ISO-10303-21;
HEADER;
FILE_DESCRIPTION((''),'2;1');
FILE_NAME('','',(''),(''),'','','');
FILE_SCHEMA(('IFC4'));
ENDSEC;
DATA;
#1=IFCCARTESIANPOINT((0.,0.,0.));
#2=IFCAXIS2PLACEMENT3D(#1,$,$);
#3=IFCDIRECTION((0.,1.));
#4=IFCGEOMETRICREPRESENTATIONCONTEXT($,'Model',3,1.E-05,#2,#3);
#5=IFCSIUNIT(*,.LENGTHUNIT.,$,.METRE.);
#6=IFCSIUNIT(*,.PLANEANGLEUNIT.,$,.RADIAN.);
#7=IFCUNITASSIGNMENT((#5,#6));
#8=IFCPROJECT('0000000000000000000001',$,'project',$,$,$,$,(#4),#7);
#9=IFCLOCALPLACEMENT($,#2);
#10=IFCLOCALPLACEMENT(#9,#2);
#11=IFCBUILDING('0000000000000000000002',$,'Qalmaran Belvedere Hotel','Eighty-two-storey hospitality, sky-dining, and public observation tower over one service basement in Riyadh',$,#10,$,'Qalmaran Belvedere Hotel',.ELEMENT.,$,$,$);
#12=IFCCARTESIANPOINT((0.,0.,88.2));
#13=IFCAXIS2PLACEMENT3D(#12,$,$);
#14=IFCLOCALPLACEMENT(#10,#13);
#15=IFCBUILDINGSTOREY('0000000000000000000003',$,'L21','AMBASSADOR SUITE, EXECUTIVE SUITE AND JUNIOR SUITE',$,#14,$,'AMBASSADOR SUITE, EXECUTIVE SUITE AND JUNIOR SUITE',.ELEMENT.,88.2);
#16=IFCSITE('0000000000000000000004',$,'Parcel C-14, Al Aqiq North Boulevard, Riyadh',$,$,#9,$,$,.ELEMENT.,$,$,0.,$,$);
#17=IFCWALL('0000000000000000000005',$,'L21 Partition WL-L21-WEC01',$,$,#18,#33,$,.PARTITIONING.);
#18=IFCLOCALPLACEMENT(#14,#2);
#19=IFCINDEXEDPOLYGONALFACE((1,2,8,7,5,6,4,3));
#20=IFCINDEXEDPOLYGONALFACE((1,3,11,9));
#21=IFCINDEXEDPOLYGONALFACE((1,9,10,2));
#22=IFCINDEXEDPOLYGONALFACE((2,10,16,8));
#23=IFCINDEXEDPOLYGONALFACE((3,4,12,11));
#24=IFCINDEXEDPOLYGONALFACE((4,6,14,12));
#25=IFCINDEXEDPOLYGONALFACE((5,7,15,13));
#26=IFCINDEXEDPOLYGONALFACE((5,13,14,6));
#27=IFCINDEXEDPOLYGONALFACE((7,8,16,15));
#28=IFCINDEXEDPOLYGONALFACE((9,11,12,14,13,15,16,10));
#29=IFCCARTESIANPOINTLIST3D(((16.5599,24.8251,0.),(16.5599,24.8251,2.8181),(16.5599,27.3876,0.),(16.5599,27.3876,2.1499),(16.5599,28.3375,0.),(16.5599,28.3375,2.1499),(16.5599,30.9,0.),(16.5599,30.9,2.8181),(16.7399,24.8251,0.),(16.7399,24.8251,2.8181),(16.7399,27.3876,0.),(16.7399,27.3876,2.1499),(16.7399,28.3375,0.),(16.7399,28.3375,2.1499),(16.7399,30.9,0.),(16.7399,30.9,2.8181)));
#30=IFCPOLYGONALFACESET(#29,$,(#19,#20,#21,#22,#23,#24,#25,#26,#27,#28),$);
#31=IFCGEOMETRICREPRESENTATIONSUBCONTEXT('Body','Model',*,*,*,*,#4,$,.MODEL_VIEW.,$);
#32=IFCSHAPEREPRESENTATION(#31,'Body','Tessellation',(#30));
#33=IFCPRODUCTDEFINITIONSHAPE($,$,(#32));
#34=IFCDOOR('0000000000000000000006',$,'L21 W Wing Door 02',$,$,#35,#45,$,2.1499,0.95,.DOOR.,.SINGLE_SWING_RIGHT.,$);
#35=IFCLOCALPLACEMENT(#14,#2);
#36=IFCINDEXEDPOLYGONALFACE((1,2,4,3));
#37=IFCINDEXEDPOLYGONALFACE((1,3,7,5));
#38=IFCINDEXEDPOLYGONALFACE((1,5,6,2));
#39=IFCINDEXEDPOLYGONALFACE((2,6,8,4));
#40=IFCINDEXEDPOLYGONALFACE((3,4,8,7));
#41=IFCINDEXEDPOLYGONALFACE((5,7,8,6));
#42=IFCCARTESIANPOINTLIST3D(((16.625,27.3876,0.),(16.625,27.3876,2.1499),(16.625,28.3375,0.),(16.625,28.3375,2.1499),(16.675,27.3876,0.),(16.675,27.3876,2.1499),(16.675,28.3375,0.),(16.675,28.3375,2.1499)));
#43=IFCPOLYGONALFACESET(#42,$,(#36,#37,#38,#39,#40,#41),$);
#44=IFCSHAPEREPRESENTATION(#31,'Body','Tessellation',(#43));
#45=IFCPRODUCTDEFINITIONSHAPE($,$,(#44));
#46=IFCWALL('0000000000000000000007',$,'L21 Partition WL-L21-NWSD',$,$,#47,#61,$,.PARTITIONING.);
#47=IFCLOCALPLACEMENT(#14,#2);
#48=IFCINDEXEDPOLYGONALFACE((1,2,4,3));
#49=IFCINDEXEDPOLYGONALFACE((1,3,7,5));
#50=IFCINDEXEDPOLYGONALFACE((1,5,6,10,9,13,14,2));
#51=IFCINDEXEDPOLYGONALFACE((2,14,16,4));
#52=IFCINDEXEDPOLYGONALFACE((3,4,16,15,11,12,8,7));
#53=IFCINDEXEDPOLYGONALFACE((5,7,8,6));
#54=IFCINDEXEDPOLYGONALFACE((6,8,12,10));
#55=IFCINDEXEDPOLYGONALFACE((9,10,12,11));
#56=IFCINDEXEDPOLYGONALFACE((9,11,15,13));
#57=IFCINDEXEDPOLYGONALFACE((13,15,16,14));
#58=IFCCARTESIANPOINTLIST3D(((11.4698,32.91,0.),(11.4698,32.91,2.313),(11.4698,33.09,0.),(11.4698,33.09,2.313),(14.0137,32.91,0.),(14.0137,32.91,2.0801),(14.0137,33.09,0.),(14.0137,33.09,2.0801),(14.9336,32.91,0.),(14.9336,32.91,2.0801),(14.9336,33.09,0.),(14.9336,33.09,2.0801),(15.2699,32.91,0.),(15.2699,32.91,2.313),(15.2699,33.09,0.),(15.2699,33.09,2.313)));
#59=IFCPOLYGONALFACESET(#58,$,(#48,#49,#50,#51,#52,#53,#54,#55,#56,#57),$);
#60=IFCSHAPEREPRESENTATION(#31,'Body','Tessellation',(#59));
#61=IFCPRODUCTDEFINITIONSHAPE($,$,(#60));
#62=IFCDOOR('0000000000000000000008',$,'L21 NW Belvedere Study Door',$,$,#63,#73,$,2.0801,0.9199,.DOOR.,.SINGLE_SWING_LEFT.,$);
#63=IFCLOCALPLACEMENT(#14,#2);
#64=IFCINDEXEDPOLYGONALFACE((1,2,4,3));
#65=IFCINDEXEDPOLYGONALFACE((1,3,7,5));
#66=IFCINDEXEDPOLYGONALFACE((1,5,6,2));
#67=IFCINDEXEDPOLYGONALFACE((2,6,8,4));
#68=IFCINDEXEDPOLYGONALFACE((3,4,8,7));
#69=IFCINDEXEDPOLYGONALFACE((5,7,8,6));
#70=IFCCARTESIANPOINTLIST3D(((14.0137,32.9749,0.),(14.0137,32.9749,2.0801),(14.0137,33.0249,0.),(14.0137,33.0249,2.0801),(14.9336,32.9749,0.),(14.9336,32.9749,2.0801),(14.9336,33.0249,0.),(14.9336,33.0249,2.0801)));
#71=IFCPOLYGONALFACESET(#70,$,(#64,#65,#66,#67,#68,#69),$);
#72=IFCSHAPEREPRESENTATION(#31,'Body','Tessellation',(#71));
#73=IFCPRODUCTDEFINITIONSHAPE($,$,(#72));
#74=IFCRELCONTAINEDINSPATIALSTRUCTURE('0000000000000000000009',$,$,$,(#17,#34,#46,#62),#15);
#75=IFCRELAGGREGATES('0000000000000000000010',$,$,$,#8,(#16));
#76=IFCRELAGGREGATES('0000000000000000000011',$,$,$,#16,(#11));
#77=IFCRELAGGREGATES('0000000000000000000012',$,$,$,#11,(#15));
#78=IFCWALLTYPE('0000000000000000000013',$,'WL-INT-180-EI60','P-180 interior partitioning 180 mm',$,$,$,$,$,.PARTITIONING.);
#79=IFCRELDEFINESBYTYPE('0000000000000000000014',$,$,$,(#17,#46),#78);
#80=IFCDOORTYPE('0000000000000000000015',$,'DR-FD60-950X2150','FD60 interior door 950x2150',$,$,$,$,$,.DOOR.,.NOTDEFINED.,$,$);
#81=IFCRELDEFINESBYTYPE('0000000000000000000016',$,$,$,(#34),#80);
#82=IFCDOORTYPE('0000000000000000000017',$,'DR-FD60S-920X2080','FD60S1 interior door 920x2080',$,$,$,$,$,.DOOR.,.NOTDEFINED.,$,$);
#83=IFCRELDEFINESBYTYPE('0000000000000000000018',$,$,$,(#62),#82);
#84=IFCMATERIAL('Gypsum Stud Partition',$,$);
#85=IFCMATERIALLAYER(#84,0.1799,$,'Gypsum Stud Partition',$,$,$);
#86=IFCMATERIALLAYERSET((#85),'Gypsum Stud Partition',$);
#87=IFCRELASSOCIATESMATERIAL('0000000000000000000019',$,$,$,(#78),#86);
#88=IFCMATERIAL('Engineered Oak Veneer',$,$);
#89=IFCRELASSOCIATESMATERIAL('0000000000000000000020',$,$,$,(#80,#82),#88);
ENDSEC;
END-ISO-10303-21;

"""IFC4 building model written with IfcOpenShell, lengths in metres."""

from ifc_helpers import new_model, si_unit, direction, frame, frame_2d, origin, place, context, subcontext, project, spatial, rectangle, extrude, material, layer, layer_set, type_object, element, fill, save


model = new_model("IFC4")

# Units and contexts
model_context = context("Model", 3, precision=1e-05, world=origin(), true_north=direction((0.0, 1.0)))
body_context = subcontext(model_context, "Body", "Model", "MODEL_VIEW")
ifc_project = project(units=[si_unit("LENGTHUNIT", "METRE"), si_unit("PLANEANGLEUNIT", "RADIAN")], contexts=[model_context])

# Site, building, storey
site_placement = place(None, origin())
site = spatial("IfcSite", under=ifc_project, at=site_placement, Name="Parcel C-14, Al Aqiq North Boulevard, Riyadh", CompositionType="ELEMENT", RefElevation=0.0)
building_placement = place(site_placement, origin())
building = spatial("IfcBuilding", under=site, at=building_placement, Name="Qalmaran Belvedere Hotel", Description="Eighty-two-storey hospitality, sky-dining, and public observation tower over one service basement in Riyadh", LongName="Qalmaran Belvedere Hotel", CompositionType="ELEMENT")
storey_placement = place(building_placement, frame((0.0, 0.0, 88.2)))
storey = spatial("IfcBuildingStorey", under=building, at=storey_placement, Name="L21", Description="AMBASSADOR SUITE, EXECUTIVE SUITE AND JUNIOR SUITE", LongName="AMBASSADOR SUITE, EXECUTIVE SUITE AND JUNIOR SUITE", CompositionType="ELEMENT", Elevation=88.2)

# Shared definitions
ifc_material_1 = material(Name="Engineered Oak Veneer")

# Shared definitions
ifc_material_2 = material(Name="Gypsum Stud Partition")

# Shared definitions
ifc_layer_1 = layer(ifc_material_2, 0.1799, Name="Gypsum Stud Partition")
ifc_layer_set_1 = layer_set([ifc_layer_1], Name="Gypsum Stud Partition")
wall_type_1 = type_object("IfcWallType", Name="WL-INT-180-EI60", Description="P-180 interior partitioning 180 mm", PredefinedType="PARTITIONING", material=ifc_layer_set_1)
door_type_1 = type_object("IfcDoorType", Name="DR-FD60-950X2150", Description="FD60 interior door 950x2150", OperationType="NOTDEFINED", PredefinedType="DOOR", material=ifc_material_1)

# Walls, openings, doors
wall_1_placement = place(storey_placement, frame((16.6499, 24.825, 0.0), z_axis=(0.0, 0.0, 1.0), x_axis=(0.0, 1.0, 0.0)))
wall_1 = element("IfcWall", 1, at=wall_1_placement, inside=storey, type_object=wall_type_1, Name="L21 Partition WL-L21-WEC01", PredefinedType="PARTITIONING", context=body_context, shape_type="SweptSolid", body=[
    extrude(rectangle(XDim=6.075, YDim=0.1799, at=frame_2d((3.0376, 0.0))), origin(), (0.0, 0.0, 1.0), 2.8181),
])
opening_1_placement = place(wall_1_placement, frame((2.5625, 0.0, 0.0)))
opening_1 = element("IfcOpeningElement", 2, at=opening_1_placement, cuts=wall_1, PredefinedType="OPENING", context=body_context, shape_type="SweptSolid", body=[
    extrude(rectangle(XDim=0.95, YDim=2.1499, at=frame_2d((0.4751, 1.075))), frame((0.0, 0.1001, 0.0), z_axis=(0.0, -1.0, 0.0), x_axis=(1.0, 0.0, 0.0)), (0.0, 0.0, 1.0), 0.2),
])
door_1_placement = place(opening_1_placement, origin())
door_1 = element("IfcDoor", 3, at=door_1_placement, inside=storey, type_object=door_type_1, Name="L21 W Wing Door 02", OperationType="SINGLE_SWING_RIGHT", OverallHeight=2.1499, OverallWidth=0.95, PredefinedType="DOOR", context=body_context, shape_type="SweptSolid", body=[
    extrude(rectangle(XDim=0.95, YDim=2.1499, at=frame_2d((0.4751, 1.075))), frame((0.0, 0.0249, 0.0), z_axis=(0.0, -1.0, 0.0), x_axis=(1.0, 0.0, 0.0)), (0.0, 0.0, 1.0), 0.05),
])
fill(opening_1, door_1)
wall_2_placement = place(storey_placement, frame((11.47, 33.0, 0.0), z_axis=(0.0, 0.0, 1.0), x_axis=(1.0, 0.0, 0.0)))
wall_2 = element("IfcWall", 4, at=wall_2_placement, inside=storey, type_object=wall_type_1, Name="L21 Partition WL-L21-NWSD", PredefinedType="PARTITIONING", context=body_context, shape_type="SweptSolid", body=[
    extrude(rectangle(XDim=3.8, YDim=0.1799, at=frame_2d((1.8999, 0.0))), origin(), (0.0, 0.0, 1.0), 2.313),
])
opening_2_placement = place(wall_2_placement, frame((2.5437, 0.0, 0.0)))
opening_2 = element("IfcOpeningElement", 5, at=opening_2_placement, cuts=wall_2, PredefinedType="OPENING", context=body_context, shape_type="SweptSolid", body=[
    extrude(rectangle(XDim=0.9199, YDim=2.0801, at=frame_2d((0.46, 1.04))), frame((0.0, 0.1001, 0.0), z_axis=(0.0, -1.0, 0.0), x_axis=(1.0, 0.0, 0.0)), (0.0, 0.0, 1.0), 0.2),
])
door_type_2 = type_object("IfcDoorType", Name="DR-FD60S-920X2080", Description="FD60S1 interior door 920x2080", OperationType="NOTDEFINED", PredefinedType="DOOR", material=ifc_material_1)
door_2_placement = place(opening_2_placement, origin())
door_2 = element("IfcDoor", 6, at=door_2_placement, inside=storey, type_object=door_type_2, Name="L21 NW Belvedere Study Door", OperationType="SINGLE_SWING_LEFT", OverallHeight=2.0801, OverallWidth=0.9199, PredefinedType="DOOR", context=body_context, shape_type="SweptSolid", body=[
    extrude(rectangle(XDim=0.9199, YDim=2.0801, at=frame_2d((0.46, 1.04))), frame((0.0, 0.0249, 0.0), z_axis=(0.0, -1.0, 0.0), x_axis=(1.0, 0.0, 0.0)), (0.0, 0.0, 1.0), 0.05),
])
fill(opening_2, door_2)

save(model, "model.ifc")
